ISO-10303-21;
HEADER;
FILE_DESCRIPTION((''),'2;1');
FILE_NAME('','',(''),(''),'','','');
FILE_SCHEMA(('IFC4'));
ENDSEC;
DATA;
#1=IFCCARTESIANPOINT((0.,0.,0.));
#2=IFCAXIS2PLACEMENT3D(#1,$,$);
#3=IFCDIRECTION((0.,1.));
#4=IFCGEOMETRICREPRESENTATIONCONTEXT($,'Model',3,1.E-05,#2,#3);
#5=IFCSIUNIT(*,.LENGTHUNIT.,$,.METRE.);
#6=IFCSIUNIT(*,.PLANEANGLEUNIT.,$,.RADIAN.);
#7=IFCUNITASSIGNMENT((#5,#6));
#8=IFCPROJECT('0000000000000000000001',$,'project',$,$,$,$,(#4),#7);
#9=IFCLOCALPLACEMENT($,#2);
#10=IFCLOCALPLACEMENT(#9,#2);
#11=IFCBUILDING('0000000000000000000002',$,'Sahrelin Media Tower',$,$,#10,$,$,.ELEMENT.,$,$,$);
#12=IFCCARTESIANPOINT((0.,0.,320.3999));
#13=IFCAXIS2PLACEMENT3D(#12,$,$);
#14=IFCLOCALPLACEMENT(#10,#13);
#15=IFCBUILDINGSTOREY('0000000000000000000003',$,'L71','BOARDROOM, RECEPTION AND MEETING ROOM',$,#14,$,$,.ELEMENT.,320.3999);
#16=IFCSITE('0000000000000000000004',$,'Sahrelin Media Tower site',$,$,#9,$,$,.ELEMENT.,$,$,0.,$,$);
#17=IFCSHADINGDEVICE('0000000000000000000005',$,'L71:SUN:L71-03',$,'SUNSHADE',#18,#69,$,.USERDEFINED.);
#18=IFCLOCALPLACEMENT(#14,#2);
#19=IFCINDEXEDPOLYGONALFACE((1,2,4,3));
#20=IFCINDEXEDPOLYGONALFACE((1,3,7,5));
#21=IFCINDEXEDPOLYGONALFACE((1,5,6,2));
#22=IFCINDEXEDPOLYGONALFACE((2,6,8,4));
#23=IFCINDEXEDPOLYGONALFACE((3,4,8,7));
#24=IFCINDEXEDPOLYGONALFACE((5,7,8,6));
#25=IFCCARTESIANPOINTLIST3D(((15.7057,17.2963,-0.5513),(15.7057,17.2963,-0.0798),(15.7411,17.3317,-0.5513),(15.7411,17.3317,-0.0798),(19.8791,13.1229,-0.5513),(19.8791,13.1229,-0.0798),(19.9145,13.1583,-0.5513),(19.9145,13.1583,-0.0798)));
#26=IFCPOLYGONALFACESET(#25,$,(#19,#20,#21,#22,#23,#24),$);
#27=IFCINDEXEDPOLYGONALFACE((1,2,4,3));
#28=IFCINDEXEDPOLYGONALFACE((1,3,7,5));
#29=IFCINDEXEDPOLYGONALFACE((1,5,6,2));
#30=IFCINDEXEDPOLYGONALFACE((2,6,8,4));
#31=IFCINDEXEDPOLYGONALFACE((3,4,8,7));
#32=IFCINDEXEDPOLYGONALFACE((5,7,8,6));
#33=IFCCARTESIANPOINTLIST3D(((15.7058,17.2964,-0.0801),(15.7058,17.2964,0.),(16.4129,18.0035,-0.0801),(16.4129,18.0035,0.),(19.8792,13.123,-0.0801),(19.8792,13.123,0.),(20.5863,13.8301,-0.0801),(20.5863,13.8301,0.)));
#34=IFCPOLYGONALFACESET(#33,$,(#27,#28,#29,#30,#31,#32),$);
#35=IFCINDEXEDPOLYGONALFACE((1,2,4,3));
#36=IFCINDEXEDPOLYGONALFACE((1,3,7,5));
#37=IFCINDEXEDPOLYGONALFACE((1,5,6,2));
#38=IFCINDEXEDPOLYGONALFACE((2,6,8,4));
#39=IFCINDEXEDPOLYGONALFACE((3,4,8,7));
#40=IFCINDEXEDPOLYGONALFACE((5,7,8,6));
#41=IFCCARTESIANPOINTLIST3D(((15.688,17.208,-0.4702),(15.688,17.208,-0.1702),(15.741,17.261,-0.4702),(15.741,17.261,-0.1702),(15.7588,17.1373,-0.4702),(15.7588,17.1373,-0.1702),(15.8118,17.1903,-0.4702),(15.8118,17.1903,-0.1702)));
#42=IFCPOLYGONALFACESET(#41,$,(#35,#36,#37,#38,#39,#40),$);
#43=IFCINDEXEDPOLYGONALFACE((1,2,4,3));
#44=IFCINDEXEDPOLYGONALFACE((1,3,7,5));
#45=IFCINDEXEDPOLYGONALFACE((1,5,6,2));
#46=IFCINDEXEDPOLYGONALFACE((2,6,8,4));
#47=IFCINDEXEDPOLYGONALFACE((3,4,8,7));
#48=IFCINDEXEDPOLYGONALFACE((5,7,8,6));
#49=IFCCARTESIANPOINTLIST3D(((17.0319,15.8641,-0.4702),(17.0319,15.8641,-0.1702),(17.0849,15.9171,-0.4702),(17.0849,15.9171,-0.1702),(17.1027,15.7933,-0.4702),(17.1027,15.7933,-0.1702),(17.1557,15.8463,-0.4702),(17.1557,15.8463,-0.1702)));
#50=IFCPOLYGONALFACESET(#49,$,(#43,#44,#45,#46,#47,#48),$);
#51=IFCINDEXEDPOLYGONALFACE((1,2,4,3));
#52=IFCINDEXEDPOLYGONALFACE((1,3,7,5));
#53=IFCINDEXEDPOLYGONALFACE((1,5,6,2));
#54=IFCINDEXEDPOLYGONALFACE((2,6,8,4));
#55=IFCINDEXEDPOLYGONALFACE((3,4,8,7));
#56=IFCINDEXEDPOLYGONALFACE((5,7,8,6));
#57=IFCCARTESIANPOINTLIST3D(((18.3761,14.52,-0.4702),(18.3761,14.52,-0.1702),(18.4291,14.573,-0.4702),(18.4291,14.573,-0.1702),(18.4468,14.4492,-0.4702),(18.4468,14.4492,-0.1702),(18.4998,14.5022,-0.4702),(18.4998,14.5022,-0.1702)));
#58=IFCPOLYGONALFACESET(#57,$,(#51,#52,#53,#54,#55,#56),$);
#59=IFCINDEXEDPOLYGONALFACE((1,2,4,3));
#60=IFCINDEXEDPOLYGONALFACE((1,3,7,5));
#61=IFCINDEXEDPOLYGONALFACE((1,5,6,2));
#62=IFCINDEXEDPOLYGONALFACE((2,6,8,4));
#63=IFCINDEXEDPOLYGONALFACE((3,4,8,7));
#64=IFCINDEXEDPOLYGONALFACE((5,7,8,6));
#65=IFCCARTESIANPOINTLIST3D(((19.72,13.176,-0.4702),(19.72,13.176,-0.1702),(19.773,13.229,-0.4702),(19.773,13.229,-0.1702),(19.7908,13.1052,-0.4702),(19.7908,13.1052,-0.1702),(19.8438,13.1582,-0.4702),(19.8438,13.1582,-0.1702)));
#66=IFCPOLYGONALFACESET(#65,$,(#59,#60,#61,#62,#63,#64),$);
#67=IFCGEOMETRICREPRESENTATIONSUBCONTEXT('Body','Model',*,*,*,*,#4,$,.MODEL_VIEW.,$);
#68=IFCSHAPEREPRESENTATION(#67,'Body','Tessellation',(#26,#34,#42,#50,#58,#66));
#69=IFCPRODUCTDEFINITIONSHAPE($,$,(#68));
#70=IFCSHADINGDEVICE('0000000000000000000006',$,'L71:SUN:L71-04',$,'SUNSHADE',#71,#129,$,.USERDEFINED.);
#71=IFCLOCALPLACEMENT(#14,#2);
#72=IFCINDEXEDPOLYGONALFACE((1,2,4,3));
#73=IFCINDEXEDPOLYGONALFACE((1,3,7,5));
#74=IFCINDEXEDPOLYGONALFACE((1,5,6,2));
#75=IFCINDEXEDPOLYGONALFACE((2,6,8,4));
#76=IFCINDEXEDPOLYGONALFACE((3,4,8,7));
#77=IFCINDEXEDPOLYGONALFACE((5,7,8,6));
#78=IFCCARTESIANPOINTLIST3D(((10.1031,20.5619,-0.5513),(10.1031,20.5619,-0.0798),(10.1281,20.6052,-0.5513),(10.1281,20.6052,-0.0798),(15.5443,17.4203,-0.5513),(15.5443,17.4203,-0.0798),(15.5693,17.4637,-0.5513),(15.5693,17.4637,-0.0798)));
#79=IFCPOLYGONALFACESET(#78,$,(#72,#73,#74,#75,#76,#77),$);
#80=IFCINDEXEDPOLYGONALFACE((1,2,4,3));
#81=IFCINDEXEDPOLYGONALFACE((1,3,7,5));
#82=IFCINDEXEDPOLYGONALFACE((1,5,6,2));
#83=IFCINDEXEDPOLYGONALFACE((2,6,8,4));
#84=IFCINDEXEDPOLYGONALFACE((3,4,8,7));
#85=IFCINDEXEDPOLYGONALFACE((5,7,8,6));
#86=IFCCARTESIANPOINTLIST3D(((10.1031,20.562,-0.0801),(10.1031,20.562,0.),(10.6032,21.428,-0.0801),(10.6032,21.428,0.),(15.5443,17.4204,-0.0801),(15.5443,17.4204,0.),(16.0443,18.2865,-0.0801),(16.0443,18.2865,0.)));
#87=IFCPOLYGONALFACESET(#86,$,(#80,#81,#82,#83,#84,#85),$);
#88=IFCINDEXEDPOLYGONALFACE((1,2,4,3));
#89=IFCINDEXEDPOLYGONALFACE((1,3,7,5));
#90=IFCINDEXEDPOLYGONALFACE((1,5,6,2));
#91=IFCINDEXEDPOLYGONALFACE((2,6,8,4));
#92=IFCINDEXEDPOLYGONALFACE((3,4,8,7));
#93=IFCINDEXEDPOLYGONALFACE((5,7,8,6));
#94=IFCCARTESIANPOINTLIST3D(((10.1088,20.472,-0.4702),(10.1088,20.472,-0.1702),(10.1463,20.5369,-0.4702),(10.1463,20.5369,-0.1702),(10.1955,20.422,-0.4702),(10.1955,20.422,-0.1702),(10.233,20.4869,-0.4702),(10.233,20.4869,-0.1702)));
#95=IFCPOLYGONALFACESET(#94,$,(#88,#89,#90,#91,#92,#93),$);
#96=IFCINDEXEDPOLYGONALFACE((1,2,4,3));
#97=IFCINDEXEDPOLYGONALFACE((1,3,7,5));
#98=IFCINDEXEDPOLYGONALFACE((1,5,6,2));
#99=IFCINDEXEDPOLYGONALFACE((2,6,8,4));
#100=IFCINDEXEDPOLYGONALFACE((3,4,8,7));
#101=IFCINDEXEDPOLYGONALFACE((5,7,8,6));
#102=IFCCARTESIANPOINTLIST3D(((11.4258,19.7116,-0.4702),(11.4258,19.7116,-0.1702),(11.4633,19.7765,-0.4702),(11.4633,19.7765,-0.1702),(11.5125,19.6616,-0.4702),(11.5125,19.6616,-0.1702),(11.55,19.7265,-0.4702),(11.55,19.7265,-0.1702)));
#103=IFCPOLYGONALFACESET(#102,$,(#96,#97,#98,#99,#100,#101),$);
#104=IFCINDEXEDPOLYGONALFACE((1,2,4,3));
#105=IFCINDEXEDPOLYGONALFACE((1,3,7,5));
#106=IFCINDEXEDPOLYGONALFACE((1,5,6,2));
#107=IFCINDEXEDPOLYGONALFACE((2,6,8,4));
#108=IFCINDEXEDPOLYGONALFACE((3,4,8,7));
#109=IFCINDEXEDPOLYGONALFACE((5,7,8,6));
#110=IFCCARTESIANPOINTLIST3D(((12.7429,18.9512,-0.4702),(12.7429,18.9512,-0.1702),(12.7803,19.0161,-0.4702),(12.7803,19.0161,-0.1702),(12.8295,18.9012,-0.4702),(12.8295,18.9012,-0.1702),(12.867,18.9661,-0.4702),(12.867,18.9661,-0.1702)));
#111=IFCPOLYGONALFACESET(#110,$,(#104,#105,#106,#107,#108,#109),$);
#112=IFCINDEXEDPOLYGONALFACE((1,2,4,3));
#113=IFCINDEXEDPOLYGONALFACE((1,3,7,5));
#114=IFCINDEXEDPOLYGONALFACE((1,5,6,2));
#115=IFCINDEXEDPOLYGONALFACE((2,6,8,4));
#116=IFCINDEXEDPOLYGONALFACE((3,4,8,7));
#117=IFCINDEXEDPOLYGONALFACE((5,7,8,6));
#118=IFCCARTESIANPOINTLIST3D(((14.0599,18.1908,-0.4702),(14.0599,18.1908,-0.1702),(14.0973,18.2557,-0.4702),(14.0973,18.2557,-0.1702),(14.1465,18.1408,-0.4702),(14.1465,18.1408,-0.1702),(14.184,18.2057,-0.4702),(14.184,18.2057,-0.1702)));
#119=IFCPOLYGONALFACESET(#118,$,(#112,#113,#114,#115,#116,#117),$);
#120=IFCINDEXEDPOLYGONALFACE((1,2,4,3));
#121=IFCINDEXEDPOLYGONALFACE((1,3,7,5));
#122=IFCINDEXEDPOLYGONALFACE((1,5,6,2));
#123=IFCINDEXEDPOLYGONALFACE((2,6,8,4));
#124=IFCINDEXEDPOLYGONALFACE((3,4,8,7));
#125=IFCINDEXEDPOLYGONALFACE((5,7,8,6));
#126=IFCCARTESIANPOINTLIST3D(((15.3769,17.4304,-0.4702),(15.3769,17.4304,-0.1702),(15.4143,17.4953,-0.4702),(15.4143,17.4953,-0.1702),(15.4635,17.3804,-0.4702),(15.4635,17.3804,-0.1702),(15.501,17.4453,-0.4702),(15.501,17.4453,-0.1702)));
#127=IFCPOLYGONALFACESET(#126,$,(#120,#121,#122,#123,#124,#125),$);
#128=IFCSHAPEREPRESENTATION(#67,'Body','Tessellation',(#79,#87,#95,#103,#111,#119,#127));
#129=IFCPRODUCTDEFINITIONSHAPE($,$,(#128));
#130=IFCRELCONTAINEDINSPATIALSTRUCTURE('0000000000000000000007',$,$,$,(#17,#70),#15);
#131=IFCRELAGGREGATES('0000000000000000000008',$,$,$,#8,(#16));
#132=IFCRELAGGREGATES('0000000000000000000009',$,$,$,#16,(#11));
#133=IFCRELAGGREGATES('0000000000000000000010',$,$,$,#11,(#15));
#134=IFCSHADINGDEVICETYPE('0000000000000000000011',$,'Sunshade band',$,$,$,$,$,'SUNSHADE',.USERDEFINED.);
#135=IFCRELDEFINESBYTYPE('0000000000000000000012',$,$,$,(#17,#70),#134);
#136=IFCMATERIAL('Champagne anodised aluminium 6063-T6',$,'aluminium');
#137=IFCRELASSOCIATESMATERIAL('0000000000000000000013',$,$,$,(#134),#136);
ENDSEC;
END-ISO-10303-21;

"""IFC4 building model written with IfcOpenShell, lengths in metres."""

from ifc_helpers import new_model, si_unit, direction, frame, origin, origin_2d, place, context, subcontext, project, spatial, rectangle, extrude, material, type_object, element, save


model = new_model("IFC4")

# Units and contexts
model_context = context("Model", 3, precision=1e-05, world=origin(), true_north=direction((0.0, 1.0)))
body_context = subcontext(model_context, "Body", "Model", "MODEL_VIEW")
ifc_project = project(units=[si_unit("LENGTHUNIT", "METRE"), si_unit("PLANEANGLEUNIT", "RADIAN")], contexts=[model_context])

# Site, building, storey
site_placement = place(None, origin())
site = spatial("IfcSite", under=ifc_project, at=site_placement, Name="Sahrelin Media Tower site", CompositionType="ELEMENT", RefElevation=0.0)
building_placement = place(site_placement, origin())
building = spatial("IfcBuilding", under=site, at=building_placement, Name="Sahrelin Media Tower", CompositionType="ELEMENT")
storey_placement = place(building_placement, frame((0.0, 0.0, 320.3999)))
storey = spatial("IfcBuildingStorey", under=building, at=storey_placement, Name="L71", Description="BOARDROOM, RECEPTION AND MEETING ROOM", CompositionType="ELEMENT", Elevation=320.3999)

# Shared definitions
ifc_material_1 = material(Name="Champagne anodised aluminium 6063-T6", Category="aluminium")

# Shading devices
placement_1 = place(storey_placement, frame((17.7783, 15.1956, 0.0), z_axis=(0.0, 0.0, 1.0), x_axis=(0.707107, -0.707107, 0.0)))
placement_2 = place(storey_placement, frame((12.8137, 18.9739, 0.0), z_axis=(0.0, 0.0, 1.0), x_axis=(0.866019, -0.500011, 0.0)))
shading_device_type_1 = type_object("IfcShadingDeviceType", Name="Sunshade band", ElementType="SUNSHADE", PredefinedType="USERDEFINED", material=ifc_material_1)
element("IfcShadingDevice", 1, at=placement_1, inside=storey, type_object=shading_device_type_1, Name="L71:SUN:L71-03", ObjectType="SUNSHADE", PredefinedType="USERDEFINED", context=body_context, shape_type="SweptSolid", body=[
    extrude(rectangle(XDim=5.9021, YDim=0.05, at=origin_2d()), frame((0.0, 0.0449, -0.5513)), (0.0, 0.0, 1.0), 0.4714),
    extrude(rectangle(XDim=5.9021, YDim=1.0, at=origin_2d()), frame((0.0, 0.52, -0.0801)), (0.0, 0.0, 1.0), 0.0801),
    extrude(rectangle(XDim=0.1001, YDim=0.075, at=origin_2d()), frame((-2.8511, -0.0176, -0.4702)), (0.0, 0.0, 1.0), 0.3),
    extrude(rectangle(XDim=0.1001, YDim=0.075, at=origin_2d()), frame((-0.9504, -0.0176, -0.4702)), (0.0, 0.0, 1.0), 0.3),
    extrude(rectangle(XDim=0.1001, YDim=0.075, at=origin_2d()), frame((0.9504, -0.0176, -0.4702)), (0.0, 0.0, 1.0), 0.3),
    extrude(rectangle(XDim=0.1001, YDim=0.075, at=origin_2d()), frame((2.8511, -0.0176, -0.4702)), (0.0, 0.0, 1.0), 0.3),
])
element("IfcShadingDevice", 2, at=placement_2, inside=storey, type_object=shading_device_type_1, Name="L71:SUN:L71-04", ObjectType="SUNSHADE", PredefinedType="USERDEFINED", context=body_context, shape_type="SweptSolid", body=[
    extrude(rectangle(XDim=6.283, YDim=0.05, at=origin_2d()), frame((0.0, 0.0449, -0.5513)), (0.0, 0.0, 1.0), 0.4714),
    extrude(rectangle(XDim=6.283, YDim=1.0, at=origin_2d()), frame((0.0, 0.52, -0.0801)), (0.0, 0.0, 1.0), 0.0801),
    extrude(rectangle(XDim=0.1001, YDim=0.075, at=origin_2d()), frame((-3.0415, -0.0176, -0.4702)), (0.0, 0.0, 1.0), 0.3),
    extrude(rectangle(XDim=0.1001, YDim=0.075, at=origin_2d()), frame((-1.5208, -0.0176, -0.4702)), (0.0, 0.0, 1.0), 0.3),
    extrude(rectangle(XDim=0.1001, YDim=0.075, at=origin_2d()), frame((0.0, -0.0176, -0.4702)), (0.0, 0.0, 1.0), 0.3),
    extrude(rectangle(XDim=0.1001, YDim=0.075, at=origin_2d()), frame((1.5208, -0.0176, -0.4702)), (0.0, 0.0, 1.0), 0.3),
    extrude(rectangle(XDim=0.1001, YDim=0.075, at=origin_2d()), frame((3.0415, -0.0176, -0.4702)), (0.0, 0.0, 1.0), 0.3),
])

save(model, "model.ifc")
